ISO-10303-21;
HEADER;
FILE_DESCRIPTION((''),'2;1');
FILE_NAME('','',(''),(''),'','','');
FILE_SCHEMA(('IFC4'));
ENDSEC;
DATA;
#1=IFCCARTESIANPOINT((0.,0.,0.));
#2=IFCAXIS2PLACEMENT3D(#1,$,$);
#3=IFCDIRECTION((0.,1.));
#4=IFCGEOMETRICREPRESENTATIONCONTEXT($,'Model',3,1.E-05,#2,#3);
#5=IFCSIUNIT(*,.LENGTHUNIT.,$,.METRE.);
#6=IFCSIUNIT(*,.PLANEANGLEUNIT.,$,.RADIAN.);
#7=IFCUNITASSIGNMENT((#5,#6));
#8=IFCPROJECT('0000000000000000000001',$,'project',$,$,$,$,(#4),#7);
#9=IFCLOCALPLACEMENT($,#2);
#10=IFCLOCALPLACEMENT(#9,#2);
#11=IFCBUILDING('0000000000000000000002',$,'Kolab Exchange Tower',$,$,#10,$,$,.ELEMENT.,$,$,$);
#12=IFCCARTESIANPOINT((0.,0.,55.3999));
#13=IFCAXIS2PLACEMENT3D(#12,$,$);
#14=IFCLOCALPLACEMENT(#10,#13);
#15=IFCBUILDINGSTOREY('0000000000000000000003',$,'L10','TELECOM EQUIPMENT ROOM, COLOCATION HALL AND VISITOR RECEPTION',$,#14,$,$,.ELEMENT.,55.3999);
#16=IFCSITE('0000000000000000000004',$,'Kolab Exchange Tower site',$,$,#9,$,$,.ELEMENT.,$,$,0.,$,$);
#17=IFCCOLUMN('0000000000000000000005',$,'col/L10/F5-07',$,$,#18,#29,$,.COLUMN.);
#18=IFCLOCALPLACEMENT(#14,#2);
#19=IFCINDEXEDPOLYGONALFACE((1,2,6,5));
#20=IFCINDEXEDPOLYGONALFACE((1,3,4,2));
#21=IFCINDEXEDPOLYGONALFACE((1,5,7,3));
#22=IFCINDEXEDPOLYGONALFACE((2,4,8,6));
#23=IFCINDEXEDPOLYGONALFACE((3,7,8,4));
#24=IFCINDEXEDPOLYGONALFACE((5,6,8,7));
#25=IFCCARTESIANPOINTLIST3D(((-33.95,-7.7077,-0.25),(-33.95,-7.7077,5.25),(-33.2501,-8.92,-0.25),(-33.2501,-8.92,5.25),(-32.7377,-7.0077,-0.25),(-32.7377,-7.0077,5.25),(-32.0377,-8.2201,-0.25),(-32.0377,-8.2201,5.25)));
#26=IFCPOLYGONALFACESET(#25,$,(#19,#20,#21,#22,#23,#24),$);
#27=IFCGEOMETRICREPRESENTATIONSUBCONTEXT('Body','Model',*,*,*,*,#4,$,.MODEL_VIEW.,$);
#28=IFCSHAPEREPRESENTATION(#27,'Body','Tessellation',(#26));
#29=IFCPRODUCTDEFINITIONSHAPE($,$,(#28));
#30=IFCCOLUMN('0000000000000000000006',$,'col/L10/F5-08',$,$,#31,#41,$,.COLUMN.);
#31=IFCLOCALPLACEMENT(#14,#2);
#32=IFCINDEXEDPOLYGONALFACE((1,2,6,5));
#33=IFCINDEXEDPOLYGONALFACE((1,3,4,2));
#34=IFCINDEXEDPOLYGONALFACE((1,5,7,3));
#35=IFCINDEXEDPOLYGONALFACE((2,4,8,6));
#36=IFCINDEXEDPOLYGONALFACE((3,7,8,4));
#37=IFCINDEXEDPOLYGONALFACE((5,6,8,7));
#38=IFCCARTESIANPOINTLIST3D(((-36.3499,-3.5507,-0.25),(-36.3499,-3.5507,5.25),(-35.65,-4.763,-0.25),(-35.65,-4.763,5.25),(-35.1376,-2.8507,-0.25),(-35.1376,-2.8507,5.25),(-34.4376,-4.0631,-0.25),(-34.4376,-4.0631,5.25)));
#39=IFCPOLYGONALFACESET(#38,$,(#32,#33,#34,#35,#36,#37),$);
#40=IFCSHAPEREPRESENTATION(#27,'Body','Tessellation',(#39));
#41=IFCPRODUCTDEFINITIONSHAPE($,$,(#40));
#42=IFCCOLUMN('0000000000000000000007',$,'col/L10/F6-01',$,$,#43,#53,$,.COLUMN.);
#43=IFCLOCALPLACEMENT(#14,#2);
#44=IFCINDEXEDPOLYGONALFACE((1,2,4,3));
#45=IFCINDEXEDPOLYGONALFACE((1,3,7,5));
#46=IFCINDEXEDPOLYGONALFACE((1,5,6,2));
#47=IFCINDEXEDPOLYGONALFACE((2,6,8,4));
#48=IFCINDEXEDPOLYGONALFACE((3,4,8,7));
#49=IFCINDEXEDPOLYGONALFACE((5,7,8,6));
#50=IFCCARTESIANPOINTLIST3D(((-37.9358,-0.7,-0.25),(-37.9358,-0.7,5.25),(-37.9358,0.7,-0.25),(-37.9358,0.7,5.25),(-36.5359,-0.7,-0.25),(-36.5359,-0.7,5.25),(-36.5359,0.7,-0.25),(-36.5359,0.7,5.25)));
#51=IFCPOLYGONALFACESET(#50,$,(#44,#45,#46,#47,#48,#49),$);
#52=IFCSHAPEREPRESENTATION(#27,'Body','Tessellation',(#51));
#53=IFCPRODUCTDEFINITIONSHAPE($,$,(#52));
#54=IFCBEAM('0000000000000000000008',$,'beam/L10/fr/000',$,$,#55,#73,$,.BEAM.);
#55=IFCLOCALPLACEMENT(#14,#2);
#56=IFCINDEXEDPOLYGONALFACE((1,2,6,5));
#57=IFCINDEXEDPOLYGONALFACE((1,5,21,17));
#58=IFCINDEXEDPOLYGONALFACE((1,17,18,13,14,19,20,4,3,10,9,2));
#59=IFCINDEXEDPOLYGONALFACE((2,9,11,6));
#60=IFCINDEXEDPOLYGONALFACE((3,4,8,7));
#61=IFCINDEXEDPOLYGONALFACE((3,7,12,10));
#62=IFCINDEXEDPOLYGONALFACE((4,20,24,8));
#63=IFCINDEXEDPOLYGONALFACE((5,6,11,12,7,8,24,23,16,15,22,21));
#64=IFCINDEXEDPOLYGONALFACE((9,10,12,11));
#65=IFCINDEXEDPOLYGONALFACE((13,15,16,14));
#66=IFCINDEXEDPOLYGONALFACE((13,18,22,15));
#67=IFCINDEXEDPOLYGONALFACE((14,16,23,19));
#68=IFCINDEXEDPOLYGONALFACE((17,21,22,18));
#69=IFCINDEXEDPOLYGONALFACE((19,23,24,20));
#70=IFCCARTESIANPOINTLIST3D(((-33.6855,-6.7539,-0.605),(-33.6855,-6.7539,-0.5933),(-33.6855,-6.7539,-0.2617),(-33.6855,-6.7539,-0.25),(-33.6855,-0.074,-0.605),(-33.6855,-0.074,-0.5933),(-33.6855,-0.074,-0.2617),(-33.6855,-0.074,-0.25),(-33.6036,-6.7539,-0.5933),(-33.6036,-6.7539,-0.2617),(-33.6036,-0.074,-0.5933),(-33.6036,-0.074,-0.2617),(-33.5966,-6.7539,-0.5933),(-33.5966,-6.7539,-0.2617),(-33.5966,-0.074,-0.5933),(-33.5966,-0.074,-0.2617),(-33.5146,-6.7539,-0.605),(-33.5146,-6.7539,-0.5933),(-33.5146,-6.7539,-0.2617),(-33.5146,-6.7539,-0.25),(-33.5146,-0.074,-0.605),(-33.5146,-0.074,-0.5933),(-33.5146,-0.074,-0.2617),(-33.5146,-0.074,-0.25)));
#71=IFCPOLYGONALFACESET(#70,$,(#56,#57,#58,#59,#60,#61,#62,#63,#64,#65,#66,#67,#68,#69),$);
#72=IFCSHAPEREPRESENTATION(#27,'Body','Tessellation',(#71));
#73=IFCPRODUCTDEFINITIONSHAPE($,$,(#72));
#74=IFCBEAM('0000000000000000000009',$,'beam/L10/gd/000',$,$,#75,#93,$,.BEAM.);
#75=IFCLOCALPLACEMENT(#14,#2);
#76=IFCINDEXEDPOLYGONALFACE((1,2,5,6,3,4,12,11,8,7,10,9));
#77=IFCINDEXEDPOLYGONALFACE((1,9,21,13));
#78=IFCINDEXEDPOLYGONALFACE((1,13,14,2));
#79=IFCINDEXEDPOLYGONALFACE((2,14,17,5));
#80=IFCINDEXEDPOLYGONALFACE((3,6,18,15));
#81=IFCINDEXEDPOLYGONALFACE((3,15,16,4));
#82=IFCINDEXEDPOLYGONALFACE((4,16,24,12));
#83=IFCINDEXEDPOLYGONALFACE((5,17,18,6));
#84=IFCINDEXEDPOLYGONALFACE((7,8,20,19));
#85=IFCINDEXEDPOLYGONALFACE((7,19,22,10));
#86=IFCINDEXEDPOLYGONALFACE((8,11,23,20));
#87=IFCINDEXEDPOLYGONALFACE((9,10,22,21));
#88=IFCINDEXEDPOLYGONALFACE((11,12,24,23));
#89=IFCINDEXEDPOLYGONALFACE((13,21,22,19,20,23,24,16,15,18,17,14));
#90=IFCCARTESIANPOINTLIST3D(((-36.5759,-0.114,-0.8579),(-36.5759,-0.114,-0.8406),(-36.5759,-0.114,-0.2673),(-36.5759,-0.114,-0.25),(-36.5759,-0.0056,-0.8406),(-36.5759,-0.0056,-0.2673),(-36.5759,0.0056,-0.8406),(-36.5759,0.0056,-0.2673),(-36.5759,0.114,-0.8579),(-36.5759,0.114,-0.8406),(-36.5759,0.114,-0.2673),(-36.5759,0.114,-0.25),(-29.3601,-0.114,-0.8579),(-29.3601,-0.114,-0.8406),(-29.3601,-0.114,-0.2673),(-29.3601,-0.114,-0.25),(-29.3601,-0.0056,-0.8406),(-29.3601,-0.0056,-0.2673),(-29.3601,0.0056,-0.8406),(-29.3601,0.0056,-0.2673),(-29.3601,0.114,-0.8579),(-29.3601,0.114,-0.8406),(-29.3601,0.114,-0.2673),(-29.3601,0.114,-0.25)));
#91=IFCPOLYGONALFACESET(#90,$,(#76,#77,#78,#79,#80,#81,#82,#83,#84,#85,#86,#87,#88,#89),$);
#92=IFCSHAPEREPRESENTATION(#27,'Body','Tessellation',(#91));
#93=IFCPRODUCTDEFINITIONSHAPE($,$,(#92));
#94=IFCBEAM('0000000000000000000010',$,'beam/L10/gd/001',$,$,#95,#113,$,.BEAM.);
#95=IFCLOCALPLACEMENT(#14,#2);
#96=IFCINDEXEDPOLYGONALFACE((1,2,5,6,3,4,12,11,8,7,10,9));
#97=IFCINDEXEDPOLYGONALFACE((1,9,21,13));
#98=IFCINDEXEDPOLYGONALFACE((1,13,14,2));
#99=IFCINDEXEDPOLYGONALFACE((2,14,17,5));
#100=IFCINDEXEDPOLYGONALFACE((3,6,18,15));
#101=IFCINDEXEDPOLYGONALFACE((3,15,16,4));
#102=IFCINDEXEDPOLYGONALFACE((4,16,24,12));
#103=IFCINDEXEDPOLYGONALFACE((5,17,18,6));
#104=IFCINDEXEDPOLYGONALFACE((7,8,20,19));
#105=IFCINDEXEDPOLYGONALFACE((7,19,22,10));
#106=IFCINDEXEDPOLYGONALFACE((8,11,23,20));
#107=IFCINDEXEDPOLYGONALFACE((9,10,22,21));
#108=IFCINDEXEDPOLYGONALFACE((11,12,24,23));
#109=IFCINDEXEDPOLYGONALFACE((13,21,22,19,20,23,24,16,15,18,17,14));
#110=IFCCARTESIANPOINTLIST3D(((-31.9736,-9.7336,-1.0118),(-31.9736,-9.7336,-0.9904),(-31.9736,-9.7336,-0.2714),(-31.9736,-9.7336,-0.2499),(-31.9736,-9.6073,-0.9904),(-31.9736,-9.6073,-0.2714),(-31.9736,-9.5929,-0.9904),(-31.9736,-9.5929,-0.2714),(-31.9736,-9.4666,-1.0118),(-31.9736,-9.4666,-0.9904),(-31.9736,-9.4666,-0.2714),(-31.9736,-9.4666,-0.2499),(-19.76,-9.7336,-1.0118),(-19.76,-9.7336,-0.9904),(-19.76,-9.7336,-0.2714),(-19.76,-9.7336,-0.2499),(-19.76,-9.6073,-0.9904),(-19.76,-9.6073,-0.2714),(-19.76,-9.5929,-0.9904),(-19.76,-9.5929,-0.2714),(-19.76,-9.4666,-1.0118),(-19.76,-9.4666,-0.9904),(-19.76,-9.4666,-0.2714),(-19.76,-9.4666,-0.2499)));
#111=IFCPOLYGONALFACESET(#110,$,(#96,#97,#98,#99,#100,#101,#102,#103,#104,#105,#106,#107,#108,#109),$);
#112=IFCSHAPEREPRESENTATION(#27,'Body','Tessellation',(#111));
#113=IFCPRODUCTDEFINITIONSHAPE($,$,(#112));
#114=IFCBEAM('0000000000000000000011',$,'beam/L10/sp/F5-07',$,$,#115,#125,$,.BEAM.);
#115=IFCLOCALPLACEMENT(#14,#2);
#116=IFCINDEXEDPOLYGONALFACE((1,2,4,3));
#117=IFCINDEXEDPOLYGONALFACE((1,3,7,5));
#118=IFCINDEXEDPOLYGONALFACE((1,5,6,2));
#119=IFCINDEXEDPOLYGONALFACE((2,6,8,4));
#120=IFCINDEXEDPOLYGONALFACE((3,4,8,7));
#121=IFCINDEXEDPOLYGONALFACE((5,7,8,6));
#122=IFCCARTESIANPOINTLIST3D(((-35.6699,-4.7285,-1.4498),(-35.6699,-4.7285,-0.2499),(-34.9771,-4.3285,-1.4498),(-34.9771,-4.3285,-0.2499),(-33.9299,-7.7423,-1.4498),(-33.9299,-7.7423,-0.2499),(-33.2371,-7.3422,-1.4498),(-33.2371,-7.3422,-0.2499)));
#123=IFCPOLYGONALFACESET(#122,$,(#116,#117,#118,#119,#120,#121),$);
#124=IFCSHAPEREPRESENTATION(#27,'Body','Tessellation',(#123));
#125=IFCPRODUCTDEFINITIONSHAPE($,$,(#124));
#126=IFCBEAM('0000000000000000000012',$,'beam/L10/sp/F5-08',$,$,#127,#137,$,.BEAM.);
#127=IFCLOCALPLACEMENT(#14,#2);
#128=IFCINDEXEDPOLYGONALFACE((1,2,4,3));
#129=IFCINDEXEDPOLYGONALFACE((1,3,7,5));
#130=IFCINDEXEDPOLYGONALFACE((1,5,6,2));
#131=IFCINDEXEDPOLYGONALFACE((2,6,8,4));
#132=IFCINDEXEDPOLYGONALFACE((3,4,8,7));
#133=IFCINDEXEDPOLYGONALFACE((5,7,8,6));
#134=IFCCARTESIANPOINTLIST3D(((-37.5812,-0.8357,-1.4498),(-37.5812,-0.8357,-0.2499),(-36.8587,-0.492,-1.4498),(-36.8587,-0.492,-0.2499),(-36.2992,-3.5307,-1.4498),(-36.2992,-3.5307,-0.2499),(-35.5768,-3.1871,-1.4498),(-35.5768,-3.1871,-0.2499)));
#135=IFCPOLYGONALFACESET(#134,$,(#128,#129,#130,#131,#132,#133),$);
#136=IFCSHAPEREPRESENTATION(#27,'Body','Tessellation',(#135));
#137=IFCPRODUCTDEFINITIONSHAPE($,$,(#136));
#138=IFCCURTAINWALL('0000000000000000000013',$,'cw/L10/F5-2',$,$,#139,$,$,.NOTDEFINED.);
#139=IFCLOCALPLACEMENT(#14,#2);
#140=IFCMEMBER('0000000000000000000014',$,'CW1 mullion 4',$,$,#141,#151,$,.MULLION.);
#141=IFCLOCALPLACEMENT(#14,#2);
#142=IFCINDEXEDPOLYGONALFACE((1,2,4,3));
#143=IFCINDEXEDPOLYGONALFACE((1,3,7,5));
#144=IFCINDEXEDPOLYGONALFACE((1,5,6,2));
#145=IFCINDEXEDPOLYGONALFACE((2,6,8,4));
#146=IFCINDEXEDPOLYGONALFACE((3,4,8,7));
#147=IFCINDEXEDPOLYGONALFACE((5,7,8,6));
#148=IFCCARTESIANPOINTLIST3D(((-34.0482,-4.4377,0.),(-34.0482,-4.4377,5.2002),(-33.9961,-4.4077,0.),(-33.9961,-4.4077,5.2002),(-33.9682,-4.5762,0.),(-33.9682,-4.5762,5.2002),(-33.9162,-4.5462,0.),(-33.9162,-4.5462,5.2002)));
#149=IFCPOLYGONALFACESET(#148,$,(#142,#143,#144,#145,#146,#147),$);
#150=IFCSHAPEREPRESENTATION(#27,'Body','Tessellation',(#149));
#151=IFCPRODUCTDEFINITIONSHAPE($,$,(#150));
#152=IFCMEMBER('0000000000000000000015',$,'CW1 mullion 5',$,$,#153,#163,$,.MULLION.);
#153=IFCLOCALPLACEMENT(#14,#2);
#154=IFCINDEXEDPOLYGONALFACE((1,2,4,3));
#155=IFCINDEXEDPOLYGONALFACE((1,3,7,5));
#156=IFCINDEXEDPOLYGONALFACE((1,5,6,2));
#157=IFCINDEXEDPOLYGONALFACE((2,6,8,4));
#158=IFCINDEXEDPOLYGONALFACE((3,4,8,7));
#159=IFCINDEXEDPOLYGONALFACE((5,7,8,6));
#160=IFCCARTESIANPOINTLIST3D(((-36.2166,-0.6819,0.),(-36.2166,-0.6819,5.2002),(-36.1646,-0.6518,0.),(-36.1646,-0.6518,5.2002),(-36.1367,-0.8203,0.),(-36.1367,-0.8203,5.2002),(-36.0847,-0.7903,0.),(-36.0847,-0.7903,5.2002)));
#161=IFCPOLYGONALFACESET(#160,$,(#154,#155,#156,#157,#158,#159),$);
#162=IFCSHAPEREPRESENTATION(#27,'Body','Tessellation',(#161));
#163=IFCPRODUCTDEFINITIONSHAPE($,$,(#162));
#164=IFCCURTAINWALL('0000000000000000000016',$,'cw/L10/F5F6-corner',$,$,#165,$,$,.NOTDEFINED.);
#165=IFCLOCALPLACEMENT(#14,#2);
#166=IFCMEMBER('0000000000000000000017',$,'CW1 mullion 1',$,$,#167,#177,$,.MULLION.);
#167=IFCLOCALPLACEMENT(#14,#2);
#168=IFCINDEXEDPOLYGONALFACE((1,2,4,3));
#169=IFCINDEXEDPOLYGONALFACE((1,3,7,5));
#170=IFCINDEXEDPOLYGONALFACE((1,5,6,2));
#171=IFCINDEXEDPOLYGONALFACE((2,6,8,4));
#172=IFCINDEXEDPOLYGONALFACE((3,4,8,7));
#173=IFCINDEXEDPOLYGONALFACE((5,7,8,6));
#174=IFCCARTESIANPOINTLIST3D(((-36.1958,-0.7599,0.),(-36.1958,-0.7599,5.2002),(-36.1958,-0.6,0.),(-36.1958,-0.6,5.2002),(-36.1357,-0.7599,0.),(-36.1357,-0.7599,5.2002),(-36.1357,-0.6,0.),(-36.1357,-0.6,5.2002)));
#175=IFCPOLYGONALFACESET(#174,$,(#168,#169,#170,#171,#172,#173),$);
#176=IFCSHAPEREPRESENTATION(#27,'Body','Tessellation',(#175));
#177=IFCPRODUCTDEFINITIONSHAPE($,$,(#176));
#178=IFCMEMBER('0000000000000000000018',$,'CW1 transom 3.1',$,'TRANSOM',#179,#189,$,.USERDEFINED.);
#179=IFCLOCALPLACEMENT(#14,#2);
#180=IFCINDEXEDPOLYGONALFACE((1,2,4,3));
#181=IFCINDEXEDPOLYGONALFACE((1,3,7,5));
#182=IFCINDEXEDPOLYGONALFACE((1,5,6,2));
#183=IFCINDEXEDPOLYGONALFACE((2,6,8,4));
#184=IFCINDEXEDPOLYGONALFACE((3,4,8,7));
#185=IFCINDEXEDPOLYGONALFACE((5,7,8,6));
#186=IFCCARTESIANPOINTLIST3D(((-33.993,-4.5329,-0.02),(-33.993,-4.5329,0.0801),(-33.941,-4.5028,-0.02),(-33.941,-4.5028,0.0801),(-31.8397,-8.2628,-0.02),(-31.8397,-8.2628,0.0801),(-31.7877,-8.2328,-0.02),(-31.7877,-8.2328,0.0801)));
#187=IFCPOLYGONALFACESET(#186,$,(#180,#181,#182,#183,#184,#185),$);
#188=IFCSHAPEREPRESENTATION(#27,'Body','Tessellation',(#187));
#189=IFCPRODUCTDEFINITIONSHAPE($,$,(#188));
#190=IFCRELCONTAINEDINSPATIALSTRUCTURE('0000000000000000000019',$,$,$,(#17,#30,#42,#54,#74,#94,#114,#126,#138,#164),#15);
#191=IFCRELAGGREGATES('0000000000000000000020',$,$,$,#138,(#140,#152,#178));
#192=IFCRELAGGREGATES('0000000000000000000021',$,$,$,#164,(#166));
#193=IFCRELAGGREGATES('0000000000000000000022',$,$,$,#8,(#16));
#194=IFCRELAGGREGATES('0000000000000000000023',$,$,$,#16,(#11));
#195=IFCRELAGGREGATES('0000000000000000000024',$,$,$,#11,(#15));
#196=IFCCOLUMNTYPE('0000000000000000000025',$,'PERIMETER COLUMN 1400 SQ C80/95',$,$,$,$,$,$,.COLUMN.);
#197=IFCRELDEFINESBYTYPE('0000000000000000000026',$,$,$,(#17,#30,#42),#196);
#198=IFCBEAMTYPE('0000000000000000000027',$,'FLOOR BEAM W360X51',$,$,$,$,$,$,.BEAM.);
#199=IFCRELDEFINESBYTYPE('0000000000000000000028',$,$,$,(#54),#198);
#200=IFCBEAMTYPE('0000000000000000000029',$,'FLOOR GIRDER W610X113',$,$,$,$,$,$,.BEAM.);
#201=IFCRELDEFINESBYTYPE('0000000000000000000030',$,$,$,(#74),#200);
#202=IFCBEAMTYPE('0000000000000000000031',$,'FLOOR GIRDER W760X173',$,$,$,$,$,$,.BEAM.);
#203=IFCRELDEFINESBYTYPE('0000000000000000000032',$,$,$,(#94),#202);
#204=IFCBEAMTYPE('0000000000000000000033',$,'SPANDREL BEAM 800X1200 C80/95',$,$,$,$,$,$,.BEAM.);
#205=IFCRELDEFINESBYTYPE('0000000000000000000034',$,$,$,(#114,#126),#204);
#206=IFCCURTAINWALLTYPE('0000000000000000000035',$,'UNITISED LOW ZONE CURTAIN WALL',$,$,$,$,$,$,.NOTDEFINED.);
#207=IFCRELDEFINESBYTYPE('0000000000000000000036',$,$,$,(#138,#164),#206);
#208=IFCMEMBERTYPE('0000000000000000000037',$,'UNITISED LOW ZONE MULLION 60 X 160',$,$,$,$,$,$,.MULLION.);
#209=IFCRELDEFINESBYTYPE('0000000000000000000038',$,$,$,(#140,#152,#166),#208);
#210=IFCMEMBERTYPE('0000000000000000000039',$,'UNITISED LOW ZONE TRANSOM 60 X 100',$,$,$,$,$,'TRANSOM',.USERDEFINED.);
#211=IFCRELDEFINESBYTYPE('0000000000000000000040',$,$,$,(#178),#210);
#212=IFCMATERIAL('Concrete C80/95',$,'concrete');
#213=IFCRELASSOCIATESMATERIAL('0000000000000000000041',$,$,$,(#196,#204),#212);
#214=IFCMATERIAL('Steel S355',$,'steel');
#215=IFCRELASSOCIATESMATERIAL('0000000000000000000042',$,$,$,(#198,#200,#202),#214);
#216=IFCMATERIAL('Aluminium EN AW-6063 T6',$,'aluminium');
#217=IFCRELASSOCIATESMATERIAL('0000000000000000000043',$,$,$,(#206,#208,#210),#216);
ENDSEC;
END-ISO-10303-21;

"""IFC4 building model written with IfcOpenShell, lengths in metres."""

from ifc_helpers import new_model, si_unit, direction, frame, origin, origin_2d, place, context, subcontext, project, spatial, rectangle, i_section, extrude, material, material_profile, profile_set, type_object, element, aggregate, save


model = new_model("IFC4")

# Units and contexts
model_context = context("Model", 3, precision=1e-05, world=origin(), true_north=direction((0.0, 1.0)))
body_context = subcontext(model_context, "Body", "Model", "MODEL_VIEW")
ifc_project = project(units=[si_unit("LENGTHUNIT", "METRE"), si_unit("PLANEANGLEUNIT", "RADIAN")], contexts=[model_context])

# Site, building, storey
site_placement = place(None, origin())
site = spatial("IfcSite", under=ifc_project, at=site_placement, Name="Kolab Exchange Tower site", CompositionType="ELEMENT", RefElevation=0.0)
building_placement = place(site_placement, origin())
building = spatial("IfcBuilding", under=site, at=building_placement, Name="Kolab Exchange Tower", CompositionType="ELEMENT")
storey_placement = place(building_placement, frame((0.0, 0.0, 55.3999)))
storey = spatial("IfcBuildingStorey", under=building, at=storey_placement, Name="L10", Description="TELECOM EQUIPMENT ROOM, COLOCATION HALL AND VISITOR RECEPTION", CompositionType="ELEMENT", Elevation=55.3999)

# Columns
ifc_material_1 = material(Name="Concrete C80/95", Category="concrete")
ifc_material_profile_1 = material_profile(ifc_material_1, rectangle(XDim=1.3999, YDim=1.3999, at=origin_2d()), Name="RC1400")
ifc_profile_set_1 = profile_set([ifc_material_profile_1], Name="Concrete C80/95")
column_type = type_object("IfcColumnType", Name="PERIMETER COLUMN 1400 SQ C80/95", PredefinedType="COLUMN", material=ifc_profile_set_1)
for number, where, z_axis, x_axis, name in (
    (1, (-32.9939, -7.9639, -0.25), (0.0, 0.0, 1.0), (0.866025, 0.5, 0.0), "col/L10/F5-07"),
    (2, (-35.3938, -3.8069, -0.25), (0.0, 0.0, 1.0), (0.866025, 0.5, 0.0), "col/L10/F5-08"),
    (3, (-37.2358, 0.0, -0.25), (0.0, 0.0, 1.0), (1.0, 0.0, 0.0), "col/L10/F6-01"),
):
    element("IfcColumn", number, at=place(storey_placement, frame(where, z_axis=z_axis, x_axis=x_axis)), inside=storey, type_object=column_type, Name=name, PredefinedType="COLUMN", context=body_context, shape_type="SweptSolid", body=[
        extrude(rectangle(XDim=1.3999, YDim=1.3999, at=origin_2d()), origin(), (0.0, 0.0, 1.0), 5.5),
    ])

# Beams
ifc_material_2 = material(Name="Steel S355", Category="steel")
ifc_material_profile_2 = material_profile(ifc_material_2, i_section(OverallWidth=0.1709, OverallDepth=0.355, WebThickness=0.0071, FlangeThickness=0.0117, at=origin_2d()), Name="W360X51")
ifc_profile_set_2 = profile_set([ifc_material_profile_2], Name="Steel S355")
beam_type_1 = type_object("IfcBeamType", Name="FLOOR BEAM W360X51", PredefinedType="BEAM", material=ifc_profile_set_2)
beam_1_placement = place(storey_placement, frame((-33.6001, -6.7539, -0.4275), z_axis=(0.0, 1.0, 0.0), x_axis=(-1.0, 0.0, 0.0)))
element("IfcBeam", 4, at=beam_1_placement, inside=storey, type_object=beam_type_1, Name="beam/L10/fr/000", PredefinedType="BEAM", context=body_context, shape_type="SweptSolid", body=[
    extrude(i_section(OverallWidth=0.1709, OverallDepth=0.355, WebThickness=0.0071, FlangeThickness=0.0117, at=origin_2d()), origin(), (0.0, 0.0, 1.0), 6.6799),
])
ifc_material_profile_3 = material_profile(ifc_material_2, i_section(OverallWidth=0.228, OverallDepth=0.6079, WebThickness=0.0112, FlangeThickness=0.0173, at=origin_2d()), Name="W610X113")
ifc_profile_set_3 = profile_set([ifc_material_profile_3], Name="Steel S355")
beam_type_2 = type_object("IfcBeamType", Name="FLOOR GIRDER W610X113", PredefinedType="BEAM", material=ifc_profile_set_3)
beam_2_placement = place(storey_placement, frame((-36.5759, 0.0, -0.554), z_axis=(1.0, 0.0, 0.0), x_axis=(0.0, 1.0, 0.0)))
element("IfcBeam", 5, at=beam_2_placement, inside=storey, type_object=beam_type_2, Name="beam/L10/gd/000", PredefinedType="BEAM", context=body_context, shape_type="SweptSolid", body=[
    extrude(i_section(OverallWidth=0.228, OverallDepth=0.6079, WebThickness=0.0112, FlangeThickness=0.0173, at=origin_2d()), origin(), (0.0, 0.0, 1.0), 7.2158),
])
ifc_material_profile_4 = material_profile(ifc_material_2, i_section(OverallWidth=0.2671, OverallDepth=0.762, WebThickness=0.0144, FlangeThickness=0.0215, at=origin_2d()), Name="W760X173")
ifc_profile_set_4 = profile_set([ifc_material_profile_4], Name="Steel S355")
beam_type_3 = type_object("IfcBeamType", Name="FLOOR GIRDER W760X173", PredefinedType="BEAM", material=ifc_profile_set_4)
beam_3_placement = place(storey_placement, frame((-31.9736, -9.6001, -0.6309), z_axis=(1.0, 0.0, 0.0), x_axis=(0.0, 1.0, 0.0)))
element("IfcBeam", 6, at=beam_3_placement, inside=storey, type_object=beam_type_3, Name="beam/L10/gd/001", PredefinedType="BEAM", context=body_context, shape_type="SweptSolid", body=[
    extrude(i_section(OverallWidth=0.2671, OverallDepth=0.762, WebThickness=0.0144, FlangeThickness=0.0215, at=origin_2d()), origin(), (0.0, 0.0, 1.0), 12.2136),
])
ifc_material_profile_5 = material_profile(ifc_material_1, rectangle(XDim=0.8, YDim=1.2, at=origin_2d()), Name="RC800X1200")
ifc_profile_set_5 = profile_set([ifc_material_profile_5], Name="Concrete C80/95")
beam_type_4 = type_object("IfcBeamType", Name="SPANDREL BEAM 800X1200 C80/95", PredefinedType="BEAM", material=ifc_profile_set_5)
beam_4_placement = place(storey_placement, frame((-33.5835, -7.5422, -0.8499), z_axis=(-0.50001, 0.86602, 0.0), x_axis=(-0.86602, -0.50001, 0.0)))
element("IfcBeam", 7, at=beam_4_placement, inside=storey, type_object=beam_type_4, Name="beam/L10/sp/F5-07", PredefinedType="BEAM", context=body_context, shape_type="SweptSolid", body=[
    extrude(rectangle(XDim=0.8, YDim=1.2, at=origin_2d()), origin(), (0.0, 0.0, 1.0), 3.48),
])
beam_5_placement = place(storey_placement, frame((-35.938, -3.3589, -0.8499), z_axis=(-0.429556, 0.90304, 0.0), x_axis=(-0.90304, -0.429556, 0.0)))
element("IfcBeam", 8, at=beam_5_placement, inside=storey, type_object=beam_type_4, Name="beam/L10/sp/F5-08", PredefinedType="BEAM", context=body_context, shape_type="SweptSolid", body=[
    extrude(rectangle(XDim=0.8, YDim=1.2, at=origin_2d()), origin(), (0.0, 0.0, 1.0), 2.9844),
])

# Curtain wall, members
ifc_material_3 = material(Name="Aluminium EN AW-6063 T6", Category="aluminium")
curtain_wall_type = type_object("IfcCurtainWallType", Name="UNITISED LOW ZONE CURTAIN WALL", PredefinedType="NOTDEFINED", material=ifc_material_3)
curtain_wall_1_placement = place(storey_placement, origin())
curtain_wall_1 = element("IfcCurtainWall", 9, at=curtain_wall_1_placement, inside=storey, type_object=curtain_wall_type, Name="cw/L10/F5-2", PredefinedType="NOTDEFINED")
ifc_material_profile_6 = material_profile(ifc_material_3, rectangle(XDim=0.0601, YDim=0.1599, at=origin_2d()), Name="RECT 60X160")
ifc_profile_set_6 = profile_set([ifc_material_profile_6], Name="Aluminium EN AW-6063 T6")
member_type_1 = type_object("IfcMemberType", Name="UNITISED LOW ZONE MULLION 60 X 160", PredefinedType="MULLION", material=ifc_profile_set_6)
member_1_placement = place(storey_placement, frame((-33.9822, -4.4919, 0.0), z_axis=(0.0, 0.0, 1.0), x_axis=(-0.866025, -0.5, 0.0)))
member_1 = element("IfcMember", 10, at=member_1_placement, type_object=member_type_1, Name="CW1 mullion 4", PredefinedType="MULLION", context=body_context, shape_type="SweptSolid", body=[
    extrude(rectangle(XDim=0.0601, YDim=0.1599, at=origin_2d()), origin(), (0.0, 0.0, 1.0), 5.2002),
])
member_2_placement = place(storey_placement, frame((-36.1506, -0.7361, 0.0), z_axis=(0.0, 0.0, 1.0), x_axis=(-0.866025, -0.5, 0.0)))
member_2 = element("IfcMember", 11, at=member_2_placement, type_object=member_type_1, Name="CW1 mullion 5", PredefinedType="MULLION", context=body_context, shape_type="SweptSolid", body=[
    extrude(rectangle(XDim=0.0601, YDim=0.1599, at=origin_2d()), origin(), (0.0, 0.0, 1.0), 5.2002),
])

# Curtain wall, member
curtain_wall_2_placement = place(storey_placement, origin())
curtain_wall_2 = element("IfcCurtainWall", 12, at=curtain_wall_2_placement, inside=storey, type_object=curtain_wall_type, Name="cw/L10/F5F6-corner", PredefinedType="NOTDEFINED")
member_3_placement = place(storey_placement, frame((-36.1658, -0.6799, 0.0), z_axis=(0.0, 0.0, 1.0), x_axis=(-1.0, 0.0, 0.0)))
member_3 = element("IfcMember", 13, at=member_3_placement, type_object=member_type_1, Name="CW1 mullion 1", PredefinedType="MULLION", context=body_context, shape_type="SweptSolid", body=[
    extrude(rectangle(XDim=0.0601, YDim=0.1599, at=origin_2d()), origin(), (0.0, 0.0, 1.0), 5.2002),
])

# Member
ifc_material_profile_7 = material_profile(ifc_material_3, rectangle(XDim=0.0601, YDim=0.1001, at=origin_2d()), Name="RECT 60X100")
ifc_profile_set_7 = profile_set([ifc_material_profile_7], Name="Aluminium EN AW-6063 T6")
member_type_2 = type_object("IfcMemberType", Name="UNITISED LOW ZONE TRANSOM 60 X 100", ElementType="TRANSOM", PredefinedType="USERDEFINED", material=ifc_profile_set_7)
member_4_placement = place(storey_placement, frame((-31.8137, -8.2478, 0.03), z_axis=(-0.499968, 0.866044, 0.0), x_axis=(-0.866044, -0.499968, 0.0)))
member_4 = element("IfcMember", 14, at=member_4_placement, type_object=member_type_2, Name="CW1 transom 3.1", ObjectType="TRANSOM", PredefinedType="USERDEFINED", context=body_context, shape_type="SweptSolid", body=[
    extrude(rectangle(XDim=0.0601, YDim=0.1001, at=origin_2d()), origin(), (0.0, 0.0, 1.0), 4.3069),
])

aggregate(curtain_wall_1, [member_1, member_2, member_4])
aggregate(curtain_wall_2, [member_3])

save(model, "model.ifc")
